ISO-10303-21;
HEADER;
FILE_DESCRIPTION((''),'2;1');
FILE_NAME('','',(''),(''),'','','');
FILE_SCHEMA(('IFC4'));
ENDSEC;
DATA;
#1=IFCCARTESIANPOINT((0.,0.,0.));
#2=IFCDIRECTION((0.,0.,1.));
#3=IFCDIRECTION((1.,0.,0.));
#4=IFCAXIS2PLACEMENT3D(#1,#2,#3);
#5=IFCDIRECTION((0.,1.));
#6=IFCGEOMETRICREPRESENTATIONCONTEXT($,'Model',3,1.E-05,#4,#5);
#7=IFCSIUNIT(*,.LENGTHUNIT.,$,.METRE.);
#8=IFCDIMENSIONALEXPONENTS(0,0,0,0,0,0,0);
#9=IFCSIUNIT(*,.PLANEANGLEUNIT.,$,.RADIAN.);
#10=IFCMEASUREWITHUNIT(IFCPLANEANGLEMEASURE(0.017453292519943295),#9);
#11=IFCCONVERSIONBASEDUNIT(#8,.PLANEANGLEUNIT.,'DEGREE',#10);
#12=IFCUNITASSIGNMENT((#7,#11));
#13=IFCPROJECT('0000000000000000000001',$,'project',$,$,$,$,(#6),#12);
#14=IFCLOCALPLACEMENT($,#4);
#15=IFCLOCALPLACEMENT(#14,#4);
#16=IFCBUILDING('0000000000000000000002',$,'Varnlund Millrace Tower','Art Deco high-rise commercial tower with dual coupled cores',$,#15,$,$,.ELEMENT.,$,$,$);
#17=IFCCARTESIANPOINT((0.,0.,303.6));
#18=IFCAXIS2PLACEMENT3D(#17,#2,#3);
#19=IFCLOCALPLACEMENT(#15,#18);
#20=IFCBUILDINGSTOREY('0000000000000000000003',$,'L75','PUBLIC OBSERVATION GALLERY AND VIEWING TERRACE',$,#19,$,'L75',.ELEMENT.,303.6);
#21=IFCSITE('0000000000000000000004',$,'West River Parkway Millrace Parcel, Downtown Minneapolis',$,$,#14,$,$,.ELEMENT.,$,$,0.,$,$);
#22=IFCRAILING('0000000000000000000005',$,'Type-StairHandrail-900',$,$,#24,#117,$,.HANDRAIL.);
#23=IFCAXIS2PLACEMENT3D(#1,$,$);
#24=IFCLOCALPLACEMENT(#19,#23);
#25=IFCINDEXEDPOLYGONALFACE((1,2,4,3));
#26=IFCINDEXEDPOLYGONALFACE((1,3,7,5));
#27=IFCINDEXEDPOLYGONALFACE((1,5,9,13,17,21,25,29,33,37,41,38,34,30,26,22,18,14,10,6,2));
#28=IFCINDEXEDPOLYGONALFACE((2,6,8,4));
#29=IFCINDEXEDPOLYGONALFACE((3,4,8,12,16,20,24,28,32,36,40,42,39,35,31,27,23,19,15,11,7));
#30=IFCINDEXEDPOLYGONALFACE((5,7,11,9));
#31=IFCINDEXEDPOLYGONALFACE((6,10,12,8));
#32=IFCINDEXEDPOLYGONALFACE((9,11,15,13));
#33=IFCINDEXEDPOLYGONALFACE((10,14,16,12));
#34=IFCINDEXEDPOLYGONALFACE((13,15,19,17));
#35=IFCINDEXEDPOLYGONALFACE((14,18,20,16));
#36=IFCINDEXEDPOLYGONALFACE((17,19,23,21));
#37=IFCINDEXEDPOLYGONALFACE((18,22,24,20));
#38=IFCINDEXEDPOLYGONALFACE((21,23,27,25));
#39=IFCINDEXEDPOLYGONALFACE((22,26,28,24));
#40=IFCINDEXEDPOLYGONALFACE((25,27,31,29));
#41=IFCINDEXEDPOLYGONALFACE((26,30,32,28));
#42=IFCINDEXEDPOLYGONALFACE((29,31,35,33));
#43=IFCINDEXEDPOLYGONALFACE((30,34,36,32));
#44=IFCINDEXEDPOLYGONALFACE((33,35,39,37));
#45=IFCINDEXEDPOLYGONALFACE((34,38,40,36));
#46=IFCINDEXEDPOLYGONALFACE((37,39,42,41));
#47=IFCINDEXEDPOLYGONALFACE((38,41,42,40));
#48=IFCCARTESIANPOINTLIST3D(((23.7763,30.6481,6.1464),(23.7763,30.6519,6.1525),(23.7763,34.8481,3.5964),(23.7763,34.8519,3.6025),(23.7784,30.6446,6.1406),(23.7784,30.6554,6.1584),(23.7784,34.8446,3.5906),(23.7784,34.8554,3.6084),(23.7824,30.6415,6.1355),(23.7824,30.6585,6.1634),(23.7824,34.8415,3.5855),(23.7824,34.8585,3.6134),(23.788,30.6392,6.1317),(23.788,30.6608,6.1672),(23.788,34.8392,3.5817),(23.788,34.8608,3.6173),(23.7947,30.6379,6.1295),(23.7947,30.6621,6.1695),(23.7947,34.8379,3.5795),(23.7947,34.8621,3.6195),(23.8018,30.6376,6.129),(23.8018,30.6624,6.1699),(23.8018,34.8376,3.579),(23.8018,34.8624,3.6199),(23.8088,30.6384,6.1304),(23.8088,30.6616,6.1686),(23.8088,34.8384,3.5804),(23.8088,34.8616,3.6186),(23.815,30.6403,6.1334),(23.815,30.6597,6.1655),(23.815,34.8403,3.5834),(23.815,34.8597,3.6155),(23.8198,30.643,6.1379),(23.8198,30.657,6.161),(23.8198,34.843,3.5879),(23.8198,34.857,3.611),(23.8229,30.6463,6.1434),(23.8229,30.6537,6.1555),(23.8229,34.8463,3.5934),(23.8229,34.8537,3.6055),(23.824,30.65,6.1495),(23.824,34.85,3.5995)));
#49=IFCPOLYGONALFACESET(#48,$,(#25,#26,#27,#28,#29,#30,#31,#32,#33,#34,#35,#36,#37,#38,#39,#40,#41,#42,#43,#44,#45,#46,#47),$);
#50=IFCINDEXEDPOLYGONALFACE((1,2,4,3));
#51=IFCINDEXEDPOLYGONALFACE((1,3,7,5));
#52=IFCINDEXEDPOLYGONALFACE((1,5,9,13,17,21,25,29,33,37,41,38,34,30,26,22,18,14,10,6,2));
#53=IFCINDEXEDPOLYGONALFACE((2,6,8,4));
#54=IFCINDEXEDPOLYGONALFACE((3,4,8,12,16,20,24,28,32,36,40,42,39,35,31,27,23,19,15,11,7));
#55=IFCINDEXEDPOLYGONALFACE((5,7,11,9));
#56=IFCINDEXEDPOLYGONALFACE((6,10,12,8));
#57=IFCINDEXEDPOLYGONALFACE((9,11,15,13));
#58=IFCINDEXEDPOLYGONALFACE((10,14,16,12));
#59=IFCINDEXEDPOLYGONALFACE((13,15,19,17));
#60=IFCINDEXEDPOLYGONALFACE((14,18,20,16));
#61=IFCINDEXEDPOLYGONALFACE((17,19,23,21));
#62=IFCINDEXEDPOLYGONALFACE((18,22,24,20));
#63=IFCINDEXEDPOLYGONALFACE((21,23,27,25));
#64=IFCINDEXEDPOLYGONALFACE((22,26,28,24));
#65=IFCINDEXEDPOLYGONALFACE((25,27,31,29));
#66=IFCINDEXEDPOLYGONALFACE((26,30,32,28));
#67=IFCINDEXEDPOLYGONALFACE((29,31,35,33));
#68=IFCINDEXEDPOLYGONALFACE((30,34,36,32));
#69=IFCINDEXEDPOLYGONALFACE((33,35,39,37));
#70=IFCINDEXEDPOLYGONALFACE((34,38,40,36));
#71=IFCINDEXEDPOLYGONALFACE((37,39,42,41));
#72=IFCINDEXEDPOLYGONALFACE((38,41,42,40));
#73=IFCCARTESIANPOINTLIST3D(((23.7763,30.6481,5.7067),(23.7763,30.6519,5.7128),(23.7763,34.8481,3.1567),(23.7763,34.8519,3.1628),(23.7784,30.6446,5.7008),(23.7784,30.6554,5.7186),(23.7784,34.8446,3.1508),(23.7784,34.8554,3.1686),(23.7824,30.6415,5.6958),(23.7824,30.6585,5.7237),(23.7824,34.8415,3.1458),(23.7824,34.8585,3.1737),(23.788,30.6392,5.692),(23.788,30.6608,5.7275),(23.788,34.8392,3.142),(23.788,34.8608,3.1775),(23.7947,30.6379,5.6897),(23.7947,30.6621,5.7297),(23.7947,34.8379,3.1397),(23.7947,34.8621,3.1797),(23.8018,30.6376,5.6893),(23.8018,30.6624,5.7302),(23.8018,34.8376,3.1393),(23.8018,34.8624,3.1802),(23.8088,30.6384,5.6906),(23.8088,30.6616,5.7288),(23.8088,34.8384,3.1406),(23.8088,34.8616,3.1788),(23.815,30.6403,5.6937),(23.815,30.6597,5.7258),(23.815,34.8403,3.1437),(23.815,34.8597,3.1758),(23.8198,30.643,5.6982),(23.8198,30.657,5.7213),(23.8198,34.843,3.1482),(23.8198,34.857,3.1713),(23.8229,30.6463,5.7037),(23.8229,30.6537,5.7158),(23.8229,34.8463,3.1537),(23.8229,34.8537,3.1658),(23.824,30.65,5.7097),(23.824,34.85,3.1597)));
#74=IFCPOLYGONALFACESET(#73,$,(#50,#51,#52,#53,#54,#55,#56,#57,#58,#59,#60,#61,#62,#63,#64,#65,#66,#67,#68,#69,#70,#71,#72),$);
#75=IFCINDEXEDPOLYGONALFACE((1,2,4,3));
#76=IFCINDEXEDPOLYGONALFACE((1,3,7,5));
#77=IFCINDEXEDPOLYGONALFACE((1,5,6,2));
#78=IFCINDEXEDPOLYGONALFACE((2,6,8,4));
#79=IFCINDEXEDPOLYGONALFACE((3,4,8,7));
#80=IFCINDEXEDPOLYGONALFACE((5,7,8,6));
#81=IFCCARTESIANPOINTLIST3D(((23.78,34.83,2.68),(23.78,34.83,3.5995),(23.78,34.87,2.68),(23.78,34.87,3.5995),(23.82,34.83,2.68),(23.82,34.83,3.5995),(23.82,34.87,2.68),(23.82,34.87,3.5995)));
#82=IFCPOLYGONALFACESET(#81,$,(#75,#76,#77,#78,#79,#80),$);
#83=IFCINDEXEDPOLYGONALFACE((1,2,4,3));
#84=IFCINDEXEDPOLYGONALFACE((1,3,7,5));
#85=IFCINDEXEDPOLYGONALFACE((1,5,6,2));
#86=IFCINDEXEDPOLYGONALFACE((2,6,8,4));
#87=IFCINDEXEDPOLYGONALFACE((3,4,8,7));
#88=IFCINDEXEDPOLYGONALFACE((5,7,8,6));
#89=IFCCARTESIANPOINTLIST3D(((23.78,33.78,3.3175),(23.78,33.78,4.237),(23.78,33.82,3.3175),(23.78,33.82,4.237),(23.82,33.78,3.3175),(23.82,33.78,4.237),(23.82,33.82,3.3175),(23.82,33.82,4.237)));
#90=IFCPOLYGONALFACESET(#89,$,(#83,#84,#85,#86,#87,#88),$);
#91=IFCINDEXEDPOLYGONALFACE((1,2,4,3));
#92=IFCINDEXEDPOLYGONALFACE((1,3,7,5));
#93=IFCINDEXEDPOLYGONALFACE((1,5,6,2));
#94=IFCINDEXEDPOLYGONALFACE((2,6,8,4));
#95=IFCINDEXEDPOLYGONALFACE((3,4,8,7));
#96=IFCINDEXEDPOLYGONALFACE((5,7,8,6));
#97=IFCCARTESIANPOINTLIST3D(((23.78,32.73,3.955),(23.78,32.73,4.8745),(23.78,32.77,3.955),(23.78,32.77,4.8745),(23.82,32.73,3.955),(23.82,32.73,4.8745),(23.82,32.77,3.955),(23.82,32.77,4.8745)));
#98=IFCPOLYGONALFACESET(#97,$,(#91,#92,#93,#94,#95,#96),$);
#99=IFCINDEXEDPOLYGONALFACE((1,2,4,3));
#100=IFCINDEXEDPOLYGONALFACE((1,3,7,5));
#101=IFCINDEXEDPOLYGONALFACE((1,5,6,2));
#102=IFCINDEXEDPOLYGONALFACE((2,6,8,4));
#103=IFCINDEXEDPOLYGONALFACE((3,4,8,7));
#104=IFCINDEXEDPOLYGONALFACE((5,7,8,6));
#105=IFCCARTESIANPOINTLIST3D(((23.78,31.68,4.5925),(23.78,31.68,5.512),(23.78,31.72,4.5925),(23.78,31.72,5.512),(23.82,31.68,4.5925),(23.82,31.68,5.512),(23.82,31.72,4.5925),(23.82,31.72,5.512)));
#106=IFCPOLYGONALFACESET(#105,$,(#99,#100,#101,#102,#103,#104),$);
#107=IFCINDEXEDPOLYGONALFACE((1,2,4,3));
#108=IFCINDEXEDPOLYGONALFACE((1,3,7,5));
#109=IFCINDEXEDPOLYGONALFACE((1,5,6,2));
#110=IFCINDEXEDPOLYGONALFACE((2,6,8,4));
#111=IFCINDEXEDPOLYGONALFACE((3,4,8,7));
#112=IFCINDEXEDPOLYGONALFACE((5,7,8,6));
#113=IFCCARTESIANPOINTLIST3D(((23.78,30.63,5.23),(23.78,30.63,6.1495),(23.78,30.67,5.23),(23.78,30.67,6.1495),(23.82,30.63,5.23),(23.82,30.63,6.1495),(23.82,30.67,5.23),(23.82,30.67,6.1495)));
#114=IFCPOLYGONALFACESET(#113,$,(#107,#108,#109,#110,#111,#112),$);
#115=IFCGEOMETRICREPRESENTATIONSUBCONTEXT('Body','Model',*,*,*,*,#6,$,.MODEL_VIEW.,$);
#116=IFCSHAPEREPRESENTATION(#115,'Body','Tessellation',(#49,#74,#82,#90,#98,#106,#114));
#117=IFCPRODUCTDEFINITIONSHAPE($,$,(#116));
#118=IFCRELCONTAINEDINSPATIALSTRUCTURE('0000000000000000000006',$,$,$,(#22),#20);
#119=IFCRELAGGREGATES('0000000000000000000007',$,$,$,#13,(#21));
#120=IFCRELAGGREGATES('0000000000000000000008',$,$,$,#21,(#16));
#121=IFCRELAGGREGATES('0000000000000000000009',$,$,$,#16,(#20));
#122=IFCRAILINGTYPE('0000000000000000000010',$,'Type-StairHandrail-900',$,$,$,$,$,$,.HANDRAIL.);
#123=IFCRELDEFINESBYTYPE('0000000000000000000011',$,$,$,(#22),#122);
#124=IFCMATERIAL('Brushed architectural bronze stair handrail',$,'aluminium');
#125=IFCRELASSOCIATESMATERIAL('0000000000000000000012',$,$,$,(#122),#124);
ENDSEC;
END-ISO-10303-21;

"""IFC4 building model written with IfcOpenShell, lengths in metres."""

from ifc_helpers import new_model, entity, si_unit, converted_unit, direction, frame, origin_with_axes, origin_2d_with_axis, place, context, subcontext, project, spatial, rectangle, circle, extrude, material, type_object, element, save


model = new_model("IFC4")

# Units and contexts
model_context = context("Model", 3, precision=1e-05, world=origin_with_axes(), true_north=direction((0.0, 1.0)))
body_context = subcontext(model_context, "Body", "Model", "MODEL_VIEW")
ifc_project = project(units=[si_unit("LENGTHUNIT", "METRE"), converted_unit("PLANEANGLEUNIT", "DEGREE", entity("IfcPlaneAngleMeasure", 0.017453292519943295), si_unit("PLANEANGLEUNIT", "RADIAN"), dimensions=[0, 0, 0, 0, 0, 0, 0])], contexts=[model_context])

# Site, building, storey
site_placement = place(None, origin_with_axes())
site = spatial("IfcSite", under=ifc_project, at=site_placement, Name="West River Parkway Millrace Parcel, Downtown Minneapolis", CompositionType="ELEMENT", RefElevation=0.0)
building_placement = place(site_placement, origin_with_axes())
building = spatial("IfcBuilding", under=site, at=building_placement, Name="Varnlund Millrace Tower", Description="Art Deco high-rise commercial tower with dual coupled cores", CompositionType="ELEMENT")
storey_placement = place(building_placement, frame((0.0, 0.0, 303.6), z_axis=(0.0, 0.0, 1.0), x_axis=(1.0, 0.0, 0.0)))
storey = spatial("IfcBuildingStorey", under=building, at=storey_placement, Name="L75", Description="PUBLIC OBSERVATION GALLERY AND VIEWING TERRACE", LongName="L75", CompositionType="ELEMENT", Elevation=303.6)

# Railing
ifc_material_1 = material(Name="Brushed architectural bronze stair handrail", Category="aluminium")
railing_type_1 = type_object("IfcRailingType", Name="Type-StairHandrail-900", PredefinedType="HANDRAIL", material=ifc_material_1)
railing_1_placement = place(storey_placement, frame((0.0, 0.0, -303.6), z_axis=(0.0, 0.0, 1.0), x_axis=(1.0, 0.0, 0.0)))
element("IfcRailing", 1, at=railing_1_placement, inside=storey, type_object=railing_type_1, Name="Type-StairHandrail-900", PredefinedType="HANDRAIL", context=body_context, shape_type="SweptSolid", body=[
    extrude(circle(Radius=0.024, at=origin_2d_with_axis()), frame((23.8, 34.85, 307.1995), z_axis=(0.0, -0.854788, 0.518978), x_axis=(1.0, 0.0, 0.0)), (0.0, 0.0, 1.0), 4.9135),
    extrude(circle(Radius=0.024, at=origin_2d_with_axis()), frame((23.8, 34.85, 306.7597), z_axis=(0.0, -0.854788, 0.518978), x_axis=(1.0, 0.0, 0.0)), (0.0, 0.0, 1.0), 4.9135),
    extrude(rectangle(XDim=0.04, YDim=0.04, at=origin_2d_with_axis()), frame((23.8, 34.85, 306.28), z_axis=(0.0, 0.0, 1.0), x_axis=(1.0, 0.0, 0.0)), (0.0, 0.0, 1.0), 0.9195),
    extrude(rectangle(XDim=0.04, YDim=0.04, at=origin_2d_with_axis()), frame((23.8, 33.8, 306.9175), z_axis=(0.0, 0.0, 1.0), x_axis=(1.0, 0.0, 0.0)), (0.0, 0.0, 1.0), 0.9195),
    extrude(rectangle(XDim=0.04, YDim=0.04, at=origin_2d_with_axis()), frame((23.8, 32.75, 307.555), z_axis=(0.0, 0.0, 1.0), x_axis=(1.0, 0.0, 0.0)), (0.0, 0.0, 1.0), 0.9195),
    extrude(rectangle(XDim=0.04, YDim=0.04, at=origin_2d_with_axis()), frame((23.8, 31.7, 308.1925), z_axis=(0.0, 0.0, 1.0), x_axis=(1.0, 0.0, 0.0)), (0.0, 0.0, 1.0), 0.9195),
    extrude(rectangle(XDim=0.04, YDim=0.04, at=origin_2d_with_axis()), frame((23.8, 30.65, 308.83), z_axis=(0.0, 0.0, 1.0), x_axis=(1.0, 0.0, 0.0)), (0.0, 0.0, 1.0), 0.9195),
])

save(model, "model.ifc")
